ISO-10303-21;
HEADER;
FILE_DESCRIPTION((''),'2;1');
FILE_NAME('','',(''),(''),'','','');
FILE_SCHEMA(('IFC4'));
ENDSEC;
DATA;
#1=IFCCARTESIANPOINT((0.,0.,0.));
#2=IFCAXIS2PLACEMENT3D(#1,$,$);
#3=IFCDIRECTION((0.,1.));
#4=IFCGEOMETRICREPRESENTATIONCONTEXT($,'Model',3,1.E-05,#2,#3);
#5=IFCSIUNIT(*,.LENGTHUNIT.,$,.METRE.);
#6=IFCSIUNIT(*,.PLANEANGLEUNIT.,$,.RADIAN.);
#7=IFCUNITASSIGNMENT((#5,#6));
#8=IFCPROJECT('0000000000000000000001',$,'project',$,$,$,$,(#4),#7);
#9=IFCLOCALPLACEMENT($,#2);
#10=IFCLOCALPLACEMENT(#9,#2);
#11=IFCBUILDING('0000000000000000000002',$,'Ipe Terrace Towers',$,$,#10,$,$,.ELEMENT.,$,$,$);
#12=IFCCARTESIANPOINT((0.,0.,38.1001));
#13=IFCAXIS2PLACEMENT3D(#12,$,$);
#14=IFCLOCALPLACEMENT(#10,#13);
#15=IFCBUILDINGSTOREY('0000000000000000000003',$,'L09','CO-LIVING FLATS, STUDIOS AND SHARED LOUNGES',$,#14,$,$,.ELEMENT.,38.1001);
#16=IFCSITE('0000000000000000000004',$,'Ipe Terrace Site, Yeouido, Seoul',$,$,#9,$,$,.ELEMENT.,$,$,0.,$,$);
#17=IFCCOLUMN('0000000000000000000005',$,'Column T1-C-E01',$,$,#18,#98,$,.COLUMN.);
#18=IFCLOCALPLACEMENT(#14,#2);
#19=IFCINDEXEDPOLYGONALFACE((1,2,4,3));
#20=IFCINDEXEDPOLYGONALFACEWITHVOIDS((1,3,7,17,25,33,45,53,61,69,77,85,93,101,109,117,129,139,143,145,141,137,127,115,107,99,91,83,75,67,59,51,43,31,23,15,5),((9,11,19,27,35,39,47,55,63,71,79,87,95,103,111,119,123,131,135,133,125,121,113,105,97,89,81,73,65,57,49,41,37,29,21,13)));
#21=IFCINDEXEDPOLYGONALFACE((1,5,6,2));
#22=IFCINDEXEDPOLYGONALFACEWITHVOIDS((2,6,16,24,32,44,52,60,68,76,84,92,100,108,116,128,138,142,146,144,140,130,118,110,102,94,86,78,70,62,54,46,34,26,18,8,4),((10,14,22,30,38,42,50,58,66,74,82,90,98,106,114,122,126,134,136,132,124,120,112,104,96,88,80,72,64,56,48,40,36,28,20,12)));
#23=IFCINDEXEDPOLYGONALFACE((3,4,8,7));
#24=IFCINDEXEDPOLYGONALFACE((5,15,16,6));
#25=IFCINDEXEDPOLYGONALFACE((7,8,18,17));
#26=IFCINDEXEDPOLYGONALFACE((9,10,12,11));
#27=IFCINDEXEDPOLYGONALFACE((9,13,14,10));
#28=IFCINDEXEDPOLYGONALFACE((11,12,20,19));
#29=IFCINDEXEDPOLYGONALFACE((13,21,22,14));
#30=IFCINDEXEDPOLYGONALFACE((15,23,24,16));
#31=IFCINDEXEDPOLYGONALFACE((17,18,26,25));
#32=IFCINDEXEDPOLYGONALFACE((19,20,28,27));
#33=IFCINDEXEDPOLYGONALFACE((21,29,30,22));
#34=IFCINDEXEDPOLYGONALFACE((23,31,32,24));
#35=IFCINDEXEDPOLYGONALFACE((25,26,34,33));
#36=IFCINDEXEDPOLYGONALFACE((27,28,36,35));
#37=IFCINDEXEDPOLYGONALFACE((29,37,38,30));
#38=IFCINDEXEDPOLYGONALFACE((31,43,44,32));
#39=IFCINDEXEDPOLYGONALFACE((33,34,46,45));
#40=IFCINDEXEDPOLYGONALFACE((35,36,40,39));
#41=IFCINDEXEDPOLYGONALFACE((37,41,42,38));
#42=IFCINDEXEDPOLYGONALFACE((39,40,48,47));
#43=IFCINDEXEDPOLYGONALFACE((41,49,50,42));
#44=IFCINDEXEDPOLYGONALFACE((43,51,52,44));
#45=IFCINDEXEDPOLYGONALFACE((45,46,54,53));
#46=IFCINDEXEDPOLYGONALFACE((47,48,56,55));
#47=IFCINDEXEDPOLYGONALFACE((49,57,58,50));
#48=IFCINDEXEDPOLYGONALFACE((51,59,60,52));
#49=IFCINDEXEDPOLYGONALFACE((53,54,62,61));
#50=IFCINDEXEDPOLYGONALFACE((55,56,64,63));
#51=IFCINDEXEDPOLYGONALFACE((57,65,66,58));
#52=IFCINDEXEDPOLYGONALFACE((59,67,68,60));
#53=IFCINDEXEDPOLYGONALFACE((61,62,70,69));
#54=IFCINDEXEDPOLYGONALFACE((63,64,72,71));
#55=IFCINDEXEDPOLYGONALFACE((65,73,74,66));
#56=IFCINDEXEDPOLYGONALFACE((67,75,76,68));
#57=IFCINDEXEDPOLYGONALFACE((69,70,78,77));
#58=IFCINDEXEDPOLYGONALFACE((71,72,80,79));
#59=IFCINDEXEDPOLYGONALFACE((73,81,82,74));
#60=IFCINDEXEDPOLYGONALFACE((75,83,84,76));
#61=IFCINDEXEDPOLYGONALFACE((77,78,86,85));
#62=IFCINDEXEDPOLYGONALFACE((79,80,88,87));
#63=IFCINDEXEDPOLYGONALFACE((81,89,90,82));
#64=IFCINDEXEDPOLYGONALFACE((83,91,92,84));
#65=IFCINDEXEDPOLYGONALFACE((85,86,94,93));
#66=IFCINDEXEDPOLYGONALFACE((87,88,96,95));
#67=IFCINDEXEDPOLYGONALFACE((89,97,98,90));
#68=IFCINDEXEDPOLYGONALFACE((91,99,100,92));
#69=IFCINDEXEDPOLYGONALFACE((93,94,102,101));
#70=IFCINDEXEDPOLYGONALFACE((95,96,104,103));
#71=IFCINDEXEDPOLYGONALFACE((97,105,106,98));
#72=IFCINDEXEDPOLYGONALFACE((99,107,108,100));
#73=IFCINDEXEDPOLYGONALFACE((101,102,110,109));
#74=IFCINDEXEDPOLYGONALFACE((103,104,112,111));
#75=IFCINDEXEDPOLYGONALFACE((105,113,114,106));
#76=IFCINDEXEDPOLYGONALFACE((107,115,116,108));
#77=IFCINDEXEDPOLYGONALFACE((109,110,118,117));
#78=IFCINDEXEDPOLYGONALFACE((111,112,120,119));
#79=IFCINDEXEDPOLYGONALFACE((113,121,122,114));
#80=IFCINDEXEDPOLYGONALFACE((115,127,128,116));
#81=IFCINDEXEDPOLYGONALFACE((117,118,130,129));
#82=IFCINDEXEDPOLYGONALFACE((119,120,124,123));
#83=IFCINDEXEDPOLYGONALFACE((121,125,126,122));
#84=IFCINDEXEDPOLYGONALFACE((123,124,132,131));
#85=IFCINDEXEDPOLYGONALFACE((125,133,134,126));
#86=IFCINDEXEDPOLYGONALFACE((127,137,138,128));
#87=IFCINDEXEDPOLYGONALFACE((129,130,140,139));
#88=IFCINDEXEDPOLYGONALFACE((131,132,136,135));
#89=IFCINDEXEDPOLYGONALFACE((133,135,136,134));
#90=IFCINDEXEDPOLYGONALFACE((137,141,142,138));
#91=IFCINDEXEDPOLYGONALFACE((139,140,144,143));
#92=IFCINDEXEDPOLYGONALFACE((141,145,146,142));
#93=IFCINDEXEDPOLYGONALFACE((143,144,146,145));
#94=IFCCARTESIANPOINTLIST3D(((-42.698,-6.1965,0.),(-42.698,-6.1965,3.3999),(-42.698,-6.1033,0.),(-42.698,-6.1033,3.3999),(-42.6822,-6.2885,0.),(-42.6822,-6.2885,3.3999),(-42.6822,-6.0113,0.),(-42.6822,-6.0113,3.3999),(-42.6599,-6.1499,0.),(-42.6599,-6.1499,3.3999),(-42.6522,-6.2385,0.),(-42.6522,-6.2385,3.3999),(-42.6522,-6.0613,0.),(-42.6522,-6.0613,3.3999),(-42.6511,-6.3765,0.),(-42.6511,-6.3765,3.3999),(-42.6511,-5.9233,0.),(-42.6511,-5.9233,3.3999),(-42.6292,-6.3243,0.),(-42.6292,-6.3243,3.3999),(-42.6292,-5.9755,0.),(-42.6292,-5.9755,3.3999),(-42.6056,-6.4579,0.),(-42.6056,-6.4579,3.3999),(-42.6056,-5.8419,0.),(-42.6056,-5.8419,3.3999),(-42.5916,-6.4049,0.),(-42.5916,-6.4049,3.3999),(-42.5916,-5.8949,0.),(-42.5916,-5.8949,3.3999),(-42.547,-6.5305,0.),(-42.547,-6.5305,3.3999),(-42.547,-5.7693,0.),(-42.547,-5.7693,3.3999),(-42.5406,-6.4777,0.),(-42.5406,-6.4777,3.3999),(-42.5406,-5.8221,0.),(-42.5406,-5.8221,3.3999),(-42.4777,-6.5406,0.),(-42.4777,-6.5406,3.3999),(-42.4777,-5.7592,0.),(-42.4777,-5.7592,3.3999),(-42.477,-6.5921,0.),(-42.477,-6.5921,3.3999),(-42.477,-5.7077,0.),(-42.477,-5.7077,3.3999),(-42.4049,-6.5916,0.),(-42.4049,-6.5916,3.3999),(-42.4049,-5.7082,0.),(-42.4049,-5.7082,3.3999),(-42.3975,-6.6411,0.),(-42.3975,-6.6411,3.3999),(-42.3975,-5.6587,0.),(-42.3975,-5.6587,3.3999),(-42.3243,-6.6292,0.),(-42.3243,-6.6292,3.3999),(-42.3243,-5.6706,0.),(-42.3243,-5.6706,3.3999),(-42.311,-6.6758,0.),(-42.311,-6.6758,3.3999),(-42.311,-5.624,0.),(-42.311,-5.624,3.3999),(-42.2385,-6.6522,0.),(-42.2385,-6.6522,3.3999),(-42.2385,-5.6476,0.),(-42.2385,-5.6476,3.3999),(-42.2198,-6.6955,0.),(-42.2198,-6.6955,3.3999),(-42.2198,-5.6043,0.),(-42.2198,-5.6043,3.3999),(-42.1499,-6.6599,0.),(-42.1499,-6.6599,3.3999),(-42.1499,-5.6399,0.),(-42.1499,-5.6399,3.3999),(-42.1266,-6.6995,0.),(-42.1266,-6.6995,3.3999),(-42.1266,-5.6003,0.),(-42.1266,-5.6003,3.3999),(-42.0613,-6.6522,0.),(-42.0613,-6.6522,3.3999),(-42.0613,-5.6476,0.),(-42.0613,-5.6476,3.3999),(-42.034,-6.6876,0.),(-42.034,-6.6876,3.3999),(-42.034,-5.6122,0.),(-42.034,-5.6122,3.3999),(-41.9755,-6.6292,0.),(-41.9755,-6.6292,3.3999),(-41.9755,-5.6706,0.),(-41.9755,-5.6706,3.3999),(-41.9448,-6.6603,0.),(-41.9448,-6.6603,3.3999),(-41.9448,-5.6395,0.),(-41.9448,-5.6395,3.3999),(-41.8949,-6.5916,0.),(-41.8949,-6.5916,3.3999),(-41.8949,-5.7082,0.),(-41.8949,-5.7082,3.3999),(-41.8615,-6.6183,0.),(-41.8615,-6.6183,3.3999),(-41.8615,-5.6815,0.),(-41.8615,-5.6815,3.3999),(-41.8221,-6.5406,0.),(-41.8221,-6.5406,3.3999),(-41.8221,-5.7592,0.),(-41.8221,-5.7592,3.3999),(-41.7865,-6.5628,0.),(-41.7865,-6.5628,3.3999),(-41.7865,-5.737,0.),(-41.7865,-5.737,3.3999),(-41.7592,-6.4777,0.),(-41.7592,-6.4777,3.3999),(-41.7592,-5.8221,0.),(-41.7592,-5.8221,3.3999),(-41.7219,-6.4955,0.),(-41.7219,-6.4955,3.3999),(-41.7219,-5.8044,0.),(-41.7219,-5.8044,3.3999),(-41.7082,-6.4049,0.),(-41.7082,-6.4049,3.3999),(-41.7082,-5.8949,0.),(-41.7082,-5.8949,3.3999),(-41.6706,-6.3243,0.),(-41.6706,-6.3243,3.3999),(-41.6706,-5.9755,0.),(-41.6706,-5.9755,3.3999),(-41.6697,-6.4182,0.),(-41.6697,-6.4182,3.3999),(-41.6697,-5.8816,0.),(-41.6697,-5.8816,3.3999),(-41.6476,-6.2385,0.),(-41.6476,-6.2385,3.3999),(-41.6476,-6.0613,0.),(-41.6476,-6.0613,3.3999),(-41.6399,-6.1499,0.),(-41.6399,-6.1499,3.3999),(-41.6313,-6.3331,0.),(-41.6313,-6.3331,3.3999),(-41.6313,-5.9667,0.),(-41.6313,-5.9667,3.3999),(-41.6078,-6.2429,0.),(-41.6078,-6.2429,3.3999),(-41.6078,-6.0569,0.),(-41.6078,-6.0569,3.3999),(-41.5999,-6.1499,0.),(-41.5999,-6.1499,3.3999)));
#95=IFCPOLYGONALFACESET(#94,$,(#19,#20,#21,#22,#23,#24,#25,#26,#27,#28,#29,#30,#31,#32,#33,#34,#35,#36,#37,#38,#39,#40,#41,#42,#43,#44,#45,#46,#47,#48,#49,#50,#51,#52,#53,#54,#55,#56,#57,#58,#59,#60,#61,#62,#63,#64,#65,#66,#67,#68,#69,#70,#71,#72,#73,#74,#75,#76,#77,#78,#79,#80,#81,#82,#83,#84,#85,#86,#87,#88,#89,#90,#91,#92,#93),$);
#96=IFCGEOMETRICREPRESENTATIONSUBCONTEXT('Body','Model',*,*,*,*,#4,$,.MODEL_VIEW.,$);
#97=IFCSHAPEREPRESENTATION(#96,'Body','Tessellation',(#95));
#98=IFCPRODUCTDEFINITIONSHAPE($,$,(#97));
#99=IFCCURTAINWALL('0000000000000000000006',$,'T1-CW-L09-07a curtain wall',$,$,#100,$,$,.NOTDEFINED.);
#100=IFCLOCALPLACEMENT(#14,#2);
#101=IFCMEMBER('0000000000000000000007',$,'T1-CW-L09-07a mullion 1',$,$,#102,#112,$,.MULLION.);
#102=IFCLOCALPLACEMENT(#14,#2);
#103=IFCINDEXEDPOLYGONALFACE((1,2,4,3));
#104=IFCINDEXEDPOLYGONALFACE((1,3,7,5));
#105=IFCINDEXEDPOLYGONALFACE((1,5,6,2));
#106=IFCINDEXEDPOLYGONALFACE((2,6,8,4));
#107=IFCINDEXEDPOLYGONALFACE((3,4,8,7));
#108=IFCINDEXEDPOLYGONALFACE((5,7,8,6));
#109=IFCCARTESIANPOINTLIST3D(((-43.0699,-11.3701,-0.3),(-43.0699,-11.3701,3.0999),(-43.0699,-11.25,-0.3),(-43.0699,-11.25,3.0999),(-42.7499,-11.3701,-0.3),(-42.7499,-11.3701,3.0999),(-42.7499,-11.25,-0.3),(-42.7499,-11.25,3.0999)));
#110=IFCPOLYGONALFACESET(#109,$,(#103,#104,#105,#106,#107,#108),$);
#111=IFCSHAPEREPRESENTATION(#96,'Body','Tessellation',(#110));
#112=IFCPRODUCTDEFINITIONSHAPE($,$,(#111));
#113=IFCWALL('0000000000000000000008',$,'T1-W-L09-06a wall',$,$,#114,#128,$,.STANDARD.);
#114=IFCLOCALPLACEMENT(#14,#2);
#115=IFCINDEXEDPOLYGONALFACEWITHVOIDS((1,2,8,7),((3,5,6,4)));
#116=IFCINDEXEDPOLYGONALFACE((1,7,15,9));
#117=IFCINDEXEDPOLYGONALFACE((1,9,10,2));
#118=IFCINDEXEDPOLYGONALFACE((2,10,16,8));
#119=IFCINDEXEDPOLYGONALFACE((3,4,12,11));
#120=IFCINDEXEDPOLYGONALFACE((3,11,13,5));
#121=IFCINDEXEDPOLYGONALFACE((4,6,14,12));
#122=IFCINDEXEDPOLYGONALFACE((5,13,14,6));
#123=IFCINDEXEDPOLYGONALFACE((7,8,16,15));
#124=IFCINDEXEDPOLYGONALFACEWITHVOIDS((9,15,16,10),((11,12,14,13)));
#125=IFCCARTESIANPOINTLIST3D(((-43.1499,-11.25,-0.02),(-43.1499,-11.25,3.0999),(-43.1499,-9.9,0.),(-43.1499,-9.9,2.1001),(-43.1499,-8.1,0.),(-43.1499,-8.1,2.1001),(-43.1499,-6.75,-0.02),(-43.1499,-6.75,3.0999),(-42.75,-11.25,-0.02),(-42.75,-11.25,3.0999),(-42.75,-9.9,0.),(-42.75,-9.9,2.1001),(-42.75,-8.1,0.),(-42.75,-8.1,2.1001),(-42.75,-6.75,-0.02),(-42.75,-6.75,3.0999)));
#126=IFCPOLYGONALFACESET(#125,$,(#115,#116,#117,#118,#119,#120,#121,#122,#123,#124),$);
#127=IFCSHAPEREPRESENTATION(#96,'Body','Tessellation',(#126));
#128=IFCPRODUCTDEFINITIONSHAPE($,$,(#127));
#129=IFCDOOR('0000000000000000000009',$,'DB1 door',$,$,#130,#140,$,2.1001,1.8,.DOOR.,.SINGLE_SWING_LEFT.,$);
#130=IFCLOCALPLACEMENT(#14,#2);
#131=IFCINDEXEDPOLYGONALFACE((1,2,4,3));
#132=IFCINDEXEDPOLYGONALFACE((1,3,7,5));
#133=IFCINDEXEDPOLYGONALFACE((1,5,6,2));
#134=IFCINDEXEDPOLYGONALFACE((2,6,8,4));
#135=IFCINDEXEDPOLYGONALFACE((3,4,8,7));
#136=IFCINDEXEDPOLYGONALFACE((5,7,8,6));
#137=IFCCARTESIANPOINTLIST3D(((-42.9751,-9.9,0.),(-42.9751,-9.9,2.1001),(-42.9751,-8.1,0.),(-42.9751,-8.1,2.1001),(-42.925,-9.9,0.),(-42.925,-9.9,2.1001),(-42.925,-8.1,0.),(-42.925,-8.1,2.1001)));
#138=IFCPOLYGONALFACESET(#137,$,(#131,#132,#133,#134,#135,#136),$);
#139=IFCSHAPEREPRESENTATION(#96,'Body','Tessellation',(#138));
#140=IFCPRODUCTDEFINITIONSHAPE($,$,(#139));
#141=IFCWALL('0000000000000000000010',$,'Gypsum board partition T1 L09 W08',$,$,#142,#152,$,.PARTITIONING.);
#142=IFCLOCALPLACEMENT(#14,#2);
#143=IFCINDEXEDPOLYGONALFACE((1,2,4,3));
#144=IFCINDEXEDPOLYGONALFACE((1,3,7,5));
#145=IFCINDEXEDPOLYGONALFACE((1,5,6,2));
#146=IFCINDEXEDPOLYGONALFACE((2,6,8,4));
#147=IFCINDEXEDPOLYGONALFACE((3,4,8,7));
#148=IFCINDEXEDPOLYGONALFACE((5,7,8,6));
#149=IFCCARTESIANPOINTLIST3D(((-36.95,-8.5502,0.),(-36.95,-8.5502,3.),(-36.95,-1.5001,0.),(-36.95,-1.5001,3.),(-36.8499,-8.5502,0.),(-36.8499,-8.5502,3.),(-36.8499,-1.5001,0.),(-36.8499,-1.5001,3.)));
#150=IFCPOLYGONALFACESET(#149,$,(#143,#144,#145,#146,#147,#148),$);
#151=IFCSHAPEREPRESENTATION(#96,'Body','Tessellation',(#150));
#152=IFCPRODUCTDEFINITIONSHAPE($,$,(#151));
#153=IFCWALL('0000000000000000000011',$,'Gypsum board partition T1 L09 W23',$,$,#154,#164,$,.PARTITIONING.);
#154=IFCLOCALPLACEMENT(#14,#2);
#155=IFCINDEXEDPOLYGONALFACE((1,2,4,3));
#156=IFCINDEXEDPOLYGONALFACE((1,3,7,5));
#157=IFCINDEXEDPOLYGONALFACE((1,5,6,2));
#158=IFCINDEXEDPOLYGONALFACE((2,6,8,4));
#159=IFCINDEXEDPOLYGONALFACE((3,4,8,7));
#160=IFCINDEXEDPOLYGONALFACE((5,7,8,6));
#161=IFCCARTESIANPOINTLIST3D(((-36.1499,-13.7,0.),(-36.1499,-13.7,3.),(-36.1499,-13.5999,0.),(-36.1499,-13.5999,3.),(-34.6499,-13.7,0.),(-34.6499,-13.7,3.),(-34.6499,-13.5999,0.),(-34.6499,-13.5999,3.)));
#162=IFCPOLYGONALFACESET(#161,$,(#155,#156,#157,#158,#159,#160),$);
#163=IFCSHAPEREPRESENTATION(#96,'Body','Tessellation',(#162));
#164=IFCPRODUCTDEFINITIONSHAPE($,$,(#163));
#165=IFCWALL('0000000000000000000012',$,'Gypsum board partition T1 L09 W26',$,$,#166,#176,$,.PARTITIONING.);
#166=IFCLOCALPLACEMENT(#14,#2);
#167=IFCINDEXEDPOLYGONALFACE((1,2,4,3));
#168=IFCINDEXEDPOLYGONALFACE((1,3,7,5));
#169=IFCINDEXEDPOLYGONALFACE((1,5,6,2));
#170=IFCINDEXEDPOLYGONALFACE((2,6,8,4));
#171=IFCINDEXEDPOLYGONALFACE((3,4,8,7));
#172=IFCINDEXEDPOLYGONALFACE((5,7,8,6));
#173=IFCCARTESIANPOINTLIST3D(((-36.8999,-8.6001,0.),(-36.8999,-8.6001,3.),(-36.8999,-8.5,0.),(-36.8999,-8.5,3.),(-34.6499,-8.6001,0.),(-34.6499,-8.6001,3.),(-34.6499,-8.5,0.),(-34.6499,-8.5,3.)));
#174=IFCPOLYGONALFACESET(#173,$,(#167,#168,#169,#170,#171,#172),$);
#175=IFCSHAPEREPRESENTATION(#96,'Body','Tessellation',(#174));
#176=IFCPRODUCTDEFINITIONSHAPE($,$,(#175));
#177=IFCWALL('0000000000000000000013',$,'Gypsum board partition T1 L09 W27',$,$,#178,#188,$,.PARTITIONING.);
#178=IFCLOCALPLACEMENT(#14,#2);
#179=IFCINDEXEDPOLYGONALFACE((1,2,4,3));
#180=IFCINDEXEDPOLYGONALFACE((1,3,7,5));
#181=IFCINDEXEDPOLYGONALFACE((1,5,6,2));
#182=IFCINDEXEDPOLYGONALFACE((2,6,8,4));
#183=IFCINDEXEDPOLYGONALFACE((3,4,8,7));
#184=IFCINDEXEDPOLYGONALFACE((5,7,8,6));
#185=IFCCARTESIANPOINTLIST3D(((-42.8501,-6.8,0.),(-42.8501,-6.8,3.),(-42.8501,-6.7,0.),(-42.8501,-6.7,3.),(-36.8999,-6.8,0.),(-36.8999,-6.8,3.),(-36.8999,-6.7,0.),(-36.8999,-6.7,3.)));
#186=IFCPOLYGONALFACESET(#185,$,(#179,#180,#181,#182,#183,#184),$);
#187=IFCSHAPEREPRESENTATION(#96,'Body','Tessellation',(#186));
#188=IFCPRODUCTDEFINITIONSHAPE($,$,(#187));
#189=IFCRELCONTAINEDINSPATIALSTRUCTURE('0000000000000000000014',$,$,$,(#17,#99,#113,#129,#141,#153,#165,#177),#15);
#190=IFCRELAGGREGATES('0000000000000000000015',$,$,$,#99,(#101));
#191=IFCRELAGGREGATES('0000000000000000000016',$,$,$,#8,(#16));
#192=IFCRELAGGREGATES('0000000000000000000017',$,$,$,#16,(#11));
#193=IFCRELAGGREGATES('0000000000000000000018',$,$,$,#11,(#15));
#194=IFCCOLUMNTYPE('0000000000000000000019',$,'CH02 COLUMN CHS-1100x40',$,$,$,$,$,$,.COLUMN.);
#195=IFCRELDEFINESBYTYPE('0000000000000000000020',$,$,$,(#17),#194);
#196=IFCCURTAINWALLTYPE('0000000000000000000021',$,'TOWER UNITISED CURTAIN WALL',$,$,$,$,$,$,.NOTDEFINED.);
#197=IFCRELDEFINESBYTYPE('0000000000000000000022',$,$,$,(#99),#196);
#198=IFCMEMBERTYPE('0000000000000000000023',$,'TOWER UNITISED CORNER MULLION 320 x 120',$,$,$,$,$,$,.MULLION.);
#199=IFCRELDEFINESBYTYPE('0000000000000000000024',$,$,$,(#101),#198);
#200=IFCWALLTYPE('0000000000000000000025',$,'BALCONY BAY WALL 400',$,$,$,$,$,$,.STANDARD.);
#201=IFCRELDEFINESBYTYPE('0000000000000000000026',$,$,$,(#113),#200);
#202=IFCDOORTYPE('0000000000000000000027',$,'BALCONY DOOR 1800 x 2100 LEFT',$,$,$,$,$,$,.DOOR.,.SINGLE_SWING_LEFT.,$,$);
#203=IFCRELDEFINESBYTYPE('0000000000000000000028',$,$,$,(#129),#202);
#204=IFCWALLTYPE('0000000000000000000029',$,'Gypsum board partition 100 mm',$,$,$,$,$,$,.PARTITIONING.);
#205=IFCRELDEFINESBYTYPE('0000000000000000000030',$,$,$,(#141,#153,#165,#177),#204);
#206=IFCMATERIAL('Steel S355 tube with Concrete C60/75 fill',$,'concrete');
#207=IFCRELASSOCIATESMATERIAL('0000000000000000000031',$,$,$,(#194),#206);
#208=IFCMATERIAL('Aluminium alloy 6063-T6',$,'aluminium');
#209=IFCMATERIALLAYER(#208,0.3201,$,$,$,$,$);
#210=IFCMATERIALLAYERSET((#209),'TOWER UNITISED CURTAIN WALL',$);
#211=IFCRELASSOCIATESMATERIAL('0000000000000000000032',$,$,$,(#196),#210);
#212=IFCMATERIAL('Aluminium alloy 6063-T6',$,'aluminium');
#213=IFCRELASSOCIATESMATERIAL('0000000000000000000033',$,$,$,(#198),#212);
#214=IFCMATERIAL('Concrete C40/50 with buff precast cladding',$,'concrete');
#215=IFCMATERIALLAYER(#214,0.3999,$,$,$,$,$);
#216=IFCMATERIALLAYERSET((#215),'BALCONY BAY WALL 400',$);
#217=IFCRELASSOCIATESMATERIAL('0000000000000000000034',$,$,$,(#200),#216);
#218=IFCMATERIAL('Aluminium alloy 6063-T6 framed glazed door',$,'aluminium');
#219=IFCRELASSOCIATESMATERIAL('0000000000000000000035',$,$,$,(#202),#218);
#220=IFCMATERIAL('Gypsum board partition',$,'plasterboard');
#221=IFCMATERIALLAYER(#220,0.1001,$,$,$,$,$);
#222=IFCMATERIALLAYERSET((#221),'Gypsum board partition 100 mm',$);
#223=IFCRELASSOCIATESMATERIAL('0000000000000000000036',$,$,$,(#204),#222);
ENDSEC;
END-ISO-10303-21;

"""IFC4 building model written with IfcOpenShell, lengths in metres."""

from ifc_helpers import new_model, si_unit, direction, frame, frame_2d, origin, origin_2d, place, context, subcontext, project, spatial, rectangle, hollow_circle, extrude, material, layer, layer_set, material_profile, profile_set, type_object, element, fill, aggregate, save


model = new_model("IFC4")

# Units and contexts
model_context = context("Model", 3, precision=1e-05, world=origin(), true_north=direction((0.0, 1.0)))
body_context = subcontext(model_context, "Body", "Model", "MODEL_VIEW")
ifc_project = project(units=[si_unit("LENGTHUNIT", "METRE"), si_unit("PLANEANGLEUNIT", "RADIAN")], contexts=[model_context])

# Site, building, storey
site_placement = place(None, origin())
site = spatial("IfcSite", under=ifc_project, at=site_placement, Name="Ipe Terrace Site, Yeouido, Seoul", CompositionType="ELEMENT", RefElevation=0.0)
building_placement = place(site_placement, origin())
building = spatial("IfcBuilding", under=site, at=building_placement, Name="Ipe Terrace Towers", CompositionType="ELEMENT")
storey_placement = place(building_placement, frame((0.0, 0.0, 38.1001)))
storey = spatial("IfcBuildingStorey", under=building, at=storey_placement, Name="L09", Description="CO-LIVING FLATS, STUDIOS AND SHARED LOUNGES", CompositionType="ELEMENT", Elevation=38.1001)

# Column
ifc_material_1 = material(Name="Steel S355 tube with Concrete C60/75 fill", Category="concrete")
ifc_material_profile_1 = material_profile(ifc_material_1, hollow_circle(Radius=0.55, WallThickness=0.04, at=origin_2d()), Name="CHS-1100x40")
ifc_profile_set_1 = profile_set([ifc_material_profile_1], Name="Steel S355 tube with Concrete C60/75 fill")
column_type = type_object("IfcColumnType", Name="CH02 COLUMN CHS-1100x40", PredefinedType="COLUMN", material=ifc_profile_set_1)
column_placement = place(storey_placement, frame((-42.1499, -6.1499, 0.0), z_axis=(0.0, 0.0, 1.0), x_axis=(1.0, 0.0, 0.0)))
element("IfcColumn", 1, at=column_placement, inside=storey, type_object=column_type, Name="Column T1-C-E01", PredefinedType="COLUMN", context=body_context, shape_type="SweptSolid", body=[
    extrude(hollow_circle(Radius=0.55, WallThickness=0.04, at=origin_2d()), origin(), (0.0, 0.0, 1.0), 3.3999),
])

# Curtain wall, member
ifc_material_2 = material(Name="Aluminium alloy 6063-T6", Category="aluminium")
ifc_layer_1 = layer(ifc_material_2, 0.3201)
ifc_layer_set_1 = layer_set([ifc_layer_1], Name="TOWER UNITISED CURTAIN WALL")
curtain_wall_type = type_object("IfcCurtainWallType", Name="TOWER UNITISED CURTAIN WALL", PredefinedType="NOTDEFINED", material=ifc_layer_set_1)
curtain_wall_placement = place(storey_placement, origin())
curtain_wall = element("IfcCurtainWall", 2, at=curtain_wall_placement, inside=storey, type_object=curtain_wall_type, Name="T1-CW-L09-07a curtain wall", PredefinedType="NOTDEFINED")
ifc_material_3 = material(Name="Aluminium alloy 6063-T6", Category="aluminium")
ifc_material_profile_2 = material_profile(ifc_material_3, rectangle(XDim=0.3201, YDim=0.1201, at=origin_2d()), Name="TOWER UNITISED CORNER MULLION 320 x 120")
ifc_profile_set_2 = profile_set([ifc_material_profile_2], Name="Aluminium alloy 6063-T6")
member_type = type_object("IfcMemberType", Name="TOWER UNITISED CORNER MULLION 320 x 120", PredefinedType="MULLION", material=ifc_profile_set_2)
member_placement = place(storey_placement, frame((-42.9099, -11.3101, -0.3), z_axis=(0.0, 0.0, 1.0), x_axis=(-1.0, 0.0, 0.0)))
member = element("IfcMember", 3, at=member_placement, type_object=member_type, Name="T1-CW-L09-07a mullion 1", PredefinedType="MULLION", context=body_context, shape_type="SweptSolid", body=[
    extrude(rectangle(XDim=0.3201, YDim=0.1201, at=origin_2d()), origin(), (0.0, 0.0, 1.0), 3.3999),
])
aggregate(curtain_wall, [member])

# Wall, opening, door
ifc_material_4 = material(Name="Concrete C40/50 with buff precast cladding", Category="concrete")
ifc_layer_2 = layer(ifc_material_4, 0.3999)
ifc_layer_set_2 = layer_set([ifc_layer_2], Name="BALCONY BAY WALL 400")
wall_type_1 = type_object("IfcWallType", Name="BALCONY BAY WALL 400", PredefinedType="STANDARD", material=ifc_layer_set_2)
wall_1_placement = place(storey_placement, frame((-42.95, -6.75, -0.02), z_axis=(0.0, 0.0, 1.0), x_axis=(0.0, -1.0, 0.0)))
wall_1 = element("IfcWall", 4, at=wall_1_placement, inside=storey, type_object=wall_type_1, Name="T1-W-L09-06a wall", PredefinedType="STANDARD", context=body_context, shape_type="SweptSolid", body=[
    extrude(rectangle(XDim=4.5, YDim=0.3999, at=frame_2d((2.25, 0.0))), origin(), (0.0, 0.0, 1.0), 3.1199),
])
opening_1_placement = place(wall_1_placement, frame((1.3501, 0.0, 0.02)))
opening_1 = element("IfcOpeningElement", 5, at=opening_1_placement, cuts=wall_1, PredefinedType="OPENING", context=body_context, shape_type="SweptSolid", body=[
    extrude(rectangle(XDim=1.8, YDim=2.1001, at=frame_2d((0.8999, 1.05))), frame((0.0, 0.21, 0.0), z_axis=(0.0, -1.0, 0.0), x_axis=(1.0, 0.0, 0.0)), (0.0, 0.0, 1.0), 0.4199),
])
ifc_material_5 = material(Name="Aluminium alloy 6063-T6 framed glazed door", Category="aluminium")
door_type_1 = type_object("IfcDoorType", Name="BALCONY DOOR 1800 x 2100 LEFT", OperationType="SINGLE_SWING_LEFT", PredefinedType="DOOR", material=ifc_material_5)
door_1_placement = place(opening_1_placement, origin())
door_1 = element("IfcDoor", 6, at=door_1_placement, inside=storey, type_object=door_type_1, Name="DB1 door", OperationType="SINGLE_SWING_LEFT", OverallHeight=2.1001, OverallWidth=1.8, PredefinedType="DOOR", context=body_context, shape_type="SweptSolid", body=[
    extrude(rectangle(XDim=1.8, YDim=2.1001, at=frame_2d((0.8999, 1.05))), frame((0.0, 0.0249, 0.0), z_axis=(0.0, -1.0, 0.0), x_axis=(1.0, 0.0, 0.0)), (0.0, 0.0, 1.0), 0.05),
])
fill(opening_1, door_1)

# Walls
ifc_material_6 = material(Name="Gypsum board partition", Category="plasterboard")
ifc_layer_3 = layer(ifc_material_6, 0.1001)
ifc_layer_set_3 = layer_set([ifc_layer_3], Name="Gypsum board partition 100 mm")
wall_type_2 = type_object("IfcWallType", Name="Gypsum board partition 100 mm", PredefinedType="PARTITIONING", material=ifc_layer_set_3)
wall_2_placement = place(storey_placement, frame((-36.8999, -8.55, 0.0), z_axis=(0.0, 0.0, 1.0), x_axis=(0.0, 1.0, 0.0)))
element("IfcWall", 7, at=wall_2_placement, inside=storey, type_object=wall_type_2, Name="Gypsum board partition T1 L09 W08", PredefinedType="PARTITIONING", context=body_context, shape_type="SweptSolid", body=[
    extrude(rectangle(XDim=7.05, YDim=0.1001, at=frame_2d((3.5249, 0.0))), origin(), (0.0, 0.0, 1.0), 3.0),
])
wall_3_placement = place(storey_placement, frame((-36.1499, -13.6499, 0.0), z_axis=(0.0, 0.0, 1.0), x_axis=(1.0, 0.0, 0.0)))
element("IfcWall", 8, at=wall_3_placement, inside=storey, type_object=wall_type_2, Name="Gypsum board partition T1 L09 W23", PredefinedType="PARTITIONING", context=body_context, shape_type="SweptSolid", body=[
    extrude(rectangle(XDim=1.5, YDim=0.1001, at=frame_2d((0.75, 0.0))), origin(), (0.0, 0.0, 1.0), 3.0),
])
wall_4_placement = place(storey_placement, frame((-36.8999, -8.55, 0.0), z_axis=(0.0, 0.0, 1.0), x_axis=(1.0, 0.0, 0.0)))
element("IfcWall", 9, at=wall_4_placement, inside=storey, type_object=wall_type_2, Name="Gypsum board partition T1 L09 W26", PredefinedType="PARTITIONING", context=body_context, shape_type="SweptSolid", body=[
    extrude(rectangle(XDim=2.25, YDim=0.1001, at=frame_2d((1.125, 0.0))), origin(), (0.0, 0.0, 1.0), 3.0),
])
wall_5_placement = place(storey_placement, frame((-42.8501, -6.75, 0.0), z_axis=(0.0, 0.0, 1.0), x_axis=(1.0, 0.0, 0.0)))
element("IfcWall", 10, at=wall_5_placement, inside=storey, type_object=wall_type_2, Name="Gypsum board partition T1 L09 W27", PredefinedType="PARTITIONING", context=body_context, shape_type="SweptSolid", body=[
    extrude(rectangle(XDim=5.9502, YDim=0.1001, at=frame_2d((2.9751, 0.0))), origin(), (0.0, 0.0, 1.0), 3.0),
])

save(model, "model.ifc")
